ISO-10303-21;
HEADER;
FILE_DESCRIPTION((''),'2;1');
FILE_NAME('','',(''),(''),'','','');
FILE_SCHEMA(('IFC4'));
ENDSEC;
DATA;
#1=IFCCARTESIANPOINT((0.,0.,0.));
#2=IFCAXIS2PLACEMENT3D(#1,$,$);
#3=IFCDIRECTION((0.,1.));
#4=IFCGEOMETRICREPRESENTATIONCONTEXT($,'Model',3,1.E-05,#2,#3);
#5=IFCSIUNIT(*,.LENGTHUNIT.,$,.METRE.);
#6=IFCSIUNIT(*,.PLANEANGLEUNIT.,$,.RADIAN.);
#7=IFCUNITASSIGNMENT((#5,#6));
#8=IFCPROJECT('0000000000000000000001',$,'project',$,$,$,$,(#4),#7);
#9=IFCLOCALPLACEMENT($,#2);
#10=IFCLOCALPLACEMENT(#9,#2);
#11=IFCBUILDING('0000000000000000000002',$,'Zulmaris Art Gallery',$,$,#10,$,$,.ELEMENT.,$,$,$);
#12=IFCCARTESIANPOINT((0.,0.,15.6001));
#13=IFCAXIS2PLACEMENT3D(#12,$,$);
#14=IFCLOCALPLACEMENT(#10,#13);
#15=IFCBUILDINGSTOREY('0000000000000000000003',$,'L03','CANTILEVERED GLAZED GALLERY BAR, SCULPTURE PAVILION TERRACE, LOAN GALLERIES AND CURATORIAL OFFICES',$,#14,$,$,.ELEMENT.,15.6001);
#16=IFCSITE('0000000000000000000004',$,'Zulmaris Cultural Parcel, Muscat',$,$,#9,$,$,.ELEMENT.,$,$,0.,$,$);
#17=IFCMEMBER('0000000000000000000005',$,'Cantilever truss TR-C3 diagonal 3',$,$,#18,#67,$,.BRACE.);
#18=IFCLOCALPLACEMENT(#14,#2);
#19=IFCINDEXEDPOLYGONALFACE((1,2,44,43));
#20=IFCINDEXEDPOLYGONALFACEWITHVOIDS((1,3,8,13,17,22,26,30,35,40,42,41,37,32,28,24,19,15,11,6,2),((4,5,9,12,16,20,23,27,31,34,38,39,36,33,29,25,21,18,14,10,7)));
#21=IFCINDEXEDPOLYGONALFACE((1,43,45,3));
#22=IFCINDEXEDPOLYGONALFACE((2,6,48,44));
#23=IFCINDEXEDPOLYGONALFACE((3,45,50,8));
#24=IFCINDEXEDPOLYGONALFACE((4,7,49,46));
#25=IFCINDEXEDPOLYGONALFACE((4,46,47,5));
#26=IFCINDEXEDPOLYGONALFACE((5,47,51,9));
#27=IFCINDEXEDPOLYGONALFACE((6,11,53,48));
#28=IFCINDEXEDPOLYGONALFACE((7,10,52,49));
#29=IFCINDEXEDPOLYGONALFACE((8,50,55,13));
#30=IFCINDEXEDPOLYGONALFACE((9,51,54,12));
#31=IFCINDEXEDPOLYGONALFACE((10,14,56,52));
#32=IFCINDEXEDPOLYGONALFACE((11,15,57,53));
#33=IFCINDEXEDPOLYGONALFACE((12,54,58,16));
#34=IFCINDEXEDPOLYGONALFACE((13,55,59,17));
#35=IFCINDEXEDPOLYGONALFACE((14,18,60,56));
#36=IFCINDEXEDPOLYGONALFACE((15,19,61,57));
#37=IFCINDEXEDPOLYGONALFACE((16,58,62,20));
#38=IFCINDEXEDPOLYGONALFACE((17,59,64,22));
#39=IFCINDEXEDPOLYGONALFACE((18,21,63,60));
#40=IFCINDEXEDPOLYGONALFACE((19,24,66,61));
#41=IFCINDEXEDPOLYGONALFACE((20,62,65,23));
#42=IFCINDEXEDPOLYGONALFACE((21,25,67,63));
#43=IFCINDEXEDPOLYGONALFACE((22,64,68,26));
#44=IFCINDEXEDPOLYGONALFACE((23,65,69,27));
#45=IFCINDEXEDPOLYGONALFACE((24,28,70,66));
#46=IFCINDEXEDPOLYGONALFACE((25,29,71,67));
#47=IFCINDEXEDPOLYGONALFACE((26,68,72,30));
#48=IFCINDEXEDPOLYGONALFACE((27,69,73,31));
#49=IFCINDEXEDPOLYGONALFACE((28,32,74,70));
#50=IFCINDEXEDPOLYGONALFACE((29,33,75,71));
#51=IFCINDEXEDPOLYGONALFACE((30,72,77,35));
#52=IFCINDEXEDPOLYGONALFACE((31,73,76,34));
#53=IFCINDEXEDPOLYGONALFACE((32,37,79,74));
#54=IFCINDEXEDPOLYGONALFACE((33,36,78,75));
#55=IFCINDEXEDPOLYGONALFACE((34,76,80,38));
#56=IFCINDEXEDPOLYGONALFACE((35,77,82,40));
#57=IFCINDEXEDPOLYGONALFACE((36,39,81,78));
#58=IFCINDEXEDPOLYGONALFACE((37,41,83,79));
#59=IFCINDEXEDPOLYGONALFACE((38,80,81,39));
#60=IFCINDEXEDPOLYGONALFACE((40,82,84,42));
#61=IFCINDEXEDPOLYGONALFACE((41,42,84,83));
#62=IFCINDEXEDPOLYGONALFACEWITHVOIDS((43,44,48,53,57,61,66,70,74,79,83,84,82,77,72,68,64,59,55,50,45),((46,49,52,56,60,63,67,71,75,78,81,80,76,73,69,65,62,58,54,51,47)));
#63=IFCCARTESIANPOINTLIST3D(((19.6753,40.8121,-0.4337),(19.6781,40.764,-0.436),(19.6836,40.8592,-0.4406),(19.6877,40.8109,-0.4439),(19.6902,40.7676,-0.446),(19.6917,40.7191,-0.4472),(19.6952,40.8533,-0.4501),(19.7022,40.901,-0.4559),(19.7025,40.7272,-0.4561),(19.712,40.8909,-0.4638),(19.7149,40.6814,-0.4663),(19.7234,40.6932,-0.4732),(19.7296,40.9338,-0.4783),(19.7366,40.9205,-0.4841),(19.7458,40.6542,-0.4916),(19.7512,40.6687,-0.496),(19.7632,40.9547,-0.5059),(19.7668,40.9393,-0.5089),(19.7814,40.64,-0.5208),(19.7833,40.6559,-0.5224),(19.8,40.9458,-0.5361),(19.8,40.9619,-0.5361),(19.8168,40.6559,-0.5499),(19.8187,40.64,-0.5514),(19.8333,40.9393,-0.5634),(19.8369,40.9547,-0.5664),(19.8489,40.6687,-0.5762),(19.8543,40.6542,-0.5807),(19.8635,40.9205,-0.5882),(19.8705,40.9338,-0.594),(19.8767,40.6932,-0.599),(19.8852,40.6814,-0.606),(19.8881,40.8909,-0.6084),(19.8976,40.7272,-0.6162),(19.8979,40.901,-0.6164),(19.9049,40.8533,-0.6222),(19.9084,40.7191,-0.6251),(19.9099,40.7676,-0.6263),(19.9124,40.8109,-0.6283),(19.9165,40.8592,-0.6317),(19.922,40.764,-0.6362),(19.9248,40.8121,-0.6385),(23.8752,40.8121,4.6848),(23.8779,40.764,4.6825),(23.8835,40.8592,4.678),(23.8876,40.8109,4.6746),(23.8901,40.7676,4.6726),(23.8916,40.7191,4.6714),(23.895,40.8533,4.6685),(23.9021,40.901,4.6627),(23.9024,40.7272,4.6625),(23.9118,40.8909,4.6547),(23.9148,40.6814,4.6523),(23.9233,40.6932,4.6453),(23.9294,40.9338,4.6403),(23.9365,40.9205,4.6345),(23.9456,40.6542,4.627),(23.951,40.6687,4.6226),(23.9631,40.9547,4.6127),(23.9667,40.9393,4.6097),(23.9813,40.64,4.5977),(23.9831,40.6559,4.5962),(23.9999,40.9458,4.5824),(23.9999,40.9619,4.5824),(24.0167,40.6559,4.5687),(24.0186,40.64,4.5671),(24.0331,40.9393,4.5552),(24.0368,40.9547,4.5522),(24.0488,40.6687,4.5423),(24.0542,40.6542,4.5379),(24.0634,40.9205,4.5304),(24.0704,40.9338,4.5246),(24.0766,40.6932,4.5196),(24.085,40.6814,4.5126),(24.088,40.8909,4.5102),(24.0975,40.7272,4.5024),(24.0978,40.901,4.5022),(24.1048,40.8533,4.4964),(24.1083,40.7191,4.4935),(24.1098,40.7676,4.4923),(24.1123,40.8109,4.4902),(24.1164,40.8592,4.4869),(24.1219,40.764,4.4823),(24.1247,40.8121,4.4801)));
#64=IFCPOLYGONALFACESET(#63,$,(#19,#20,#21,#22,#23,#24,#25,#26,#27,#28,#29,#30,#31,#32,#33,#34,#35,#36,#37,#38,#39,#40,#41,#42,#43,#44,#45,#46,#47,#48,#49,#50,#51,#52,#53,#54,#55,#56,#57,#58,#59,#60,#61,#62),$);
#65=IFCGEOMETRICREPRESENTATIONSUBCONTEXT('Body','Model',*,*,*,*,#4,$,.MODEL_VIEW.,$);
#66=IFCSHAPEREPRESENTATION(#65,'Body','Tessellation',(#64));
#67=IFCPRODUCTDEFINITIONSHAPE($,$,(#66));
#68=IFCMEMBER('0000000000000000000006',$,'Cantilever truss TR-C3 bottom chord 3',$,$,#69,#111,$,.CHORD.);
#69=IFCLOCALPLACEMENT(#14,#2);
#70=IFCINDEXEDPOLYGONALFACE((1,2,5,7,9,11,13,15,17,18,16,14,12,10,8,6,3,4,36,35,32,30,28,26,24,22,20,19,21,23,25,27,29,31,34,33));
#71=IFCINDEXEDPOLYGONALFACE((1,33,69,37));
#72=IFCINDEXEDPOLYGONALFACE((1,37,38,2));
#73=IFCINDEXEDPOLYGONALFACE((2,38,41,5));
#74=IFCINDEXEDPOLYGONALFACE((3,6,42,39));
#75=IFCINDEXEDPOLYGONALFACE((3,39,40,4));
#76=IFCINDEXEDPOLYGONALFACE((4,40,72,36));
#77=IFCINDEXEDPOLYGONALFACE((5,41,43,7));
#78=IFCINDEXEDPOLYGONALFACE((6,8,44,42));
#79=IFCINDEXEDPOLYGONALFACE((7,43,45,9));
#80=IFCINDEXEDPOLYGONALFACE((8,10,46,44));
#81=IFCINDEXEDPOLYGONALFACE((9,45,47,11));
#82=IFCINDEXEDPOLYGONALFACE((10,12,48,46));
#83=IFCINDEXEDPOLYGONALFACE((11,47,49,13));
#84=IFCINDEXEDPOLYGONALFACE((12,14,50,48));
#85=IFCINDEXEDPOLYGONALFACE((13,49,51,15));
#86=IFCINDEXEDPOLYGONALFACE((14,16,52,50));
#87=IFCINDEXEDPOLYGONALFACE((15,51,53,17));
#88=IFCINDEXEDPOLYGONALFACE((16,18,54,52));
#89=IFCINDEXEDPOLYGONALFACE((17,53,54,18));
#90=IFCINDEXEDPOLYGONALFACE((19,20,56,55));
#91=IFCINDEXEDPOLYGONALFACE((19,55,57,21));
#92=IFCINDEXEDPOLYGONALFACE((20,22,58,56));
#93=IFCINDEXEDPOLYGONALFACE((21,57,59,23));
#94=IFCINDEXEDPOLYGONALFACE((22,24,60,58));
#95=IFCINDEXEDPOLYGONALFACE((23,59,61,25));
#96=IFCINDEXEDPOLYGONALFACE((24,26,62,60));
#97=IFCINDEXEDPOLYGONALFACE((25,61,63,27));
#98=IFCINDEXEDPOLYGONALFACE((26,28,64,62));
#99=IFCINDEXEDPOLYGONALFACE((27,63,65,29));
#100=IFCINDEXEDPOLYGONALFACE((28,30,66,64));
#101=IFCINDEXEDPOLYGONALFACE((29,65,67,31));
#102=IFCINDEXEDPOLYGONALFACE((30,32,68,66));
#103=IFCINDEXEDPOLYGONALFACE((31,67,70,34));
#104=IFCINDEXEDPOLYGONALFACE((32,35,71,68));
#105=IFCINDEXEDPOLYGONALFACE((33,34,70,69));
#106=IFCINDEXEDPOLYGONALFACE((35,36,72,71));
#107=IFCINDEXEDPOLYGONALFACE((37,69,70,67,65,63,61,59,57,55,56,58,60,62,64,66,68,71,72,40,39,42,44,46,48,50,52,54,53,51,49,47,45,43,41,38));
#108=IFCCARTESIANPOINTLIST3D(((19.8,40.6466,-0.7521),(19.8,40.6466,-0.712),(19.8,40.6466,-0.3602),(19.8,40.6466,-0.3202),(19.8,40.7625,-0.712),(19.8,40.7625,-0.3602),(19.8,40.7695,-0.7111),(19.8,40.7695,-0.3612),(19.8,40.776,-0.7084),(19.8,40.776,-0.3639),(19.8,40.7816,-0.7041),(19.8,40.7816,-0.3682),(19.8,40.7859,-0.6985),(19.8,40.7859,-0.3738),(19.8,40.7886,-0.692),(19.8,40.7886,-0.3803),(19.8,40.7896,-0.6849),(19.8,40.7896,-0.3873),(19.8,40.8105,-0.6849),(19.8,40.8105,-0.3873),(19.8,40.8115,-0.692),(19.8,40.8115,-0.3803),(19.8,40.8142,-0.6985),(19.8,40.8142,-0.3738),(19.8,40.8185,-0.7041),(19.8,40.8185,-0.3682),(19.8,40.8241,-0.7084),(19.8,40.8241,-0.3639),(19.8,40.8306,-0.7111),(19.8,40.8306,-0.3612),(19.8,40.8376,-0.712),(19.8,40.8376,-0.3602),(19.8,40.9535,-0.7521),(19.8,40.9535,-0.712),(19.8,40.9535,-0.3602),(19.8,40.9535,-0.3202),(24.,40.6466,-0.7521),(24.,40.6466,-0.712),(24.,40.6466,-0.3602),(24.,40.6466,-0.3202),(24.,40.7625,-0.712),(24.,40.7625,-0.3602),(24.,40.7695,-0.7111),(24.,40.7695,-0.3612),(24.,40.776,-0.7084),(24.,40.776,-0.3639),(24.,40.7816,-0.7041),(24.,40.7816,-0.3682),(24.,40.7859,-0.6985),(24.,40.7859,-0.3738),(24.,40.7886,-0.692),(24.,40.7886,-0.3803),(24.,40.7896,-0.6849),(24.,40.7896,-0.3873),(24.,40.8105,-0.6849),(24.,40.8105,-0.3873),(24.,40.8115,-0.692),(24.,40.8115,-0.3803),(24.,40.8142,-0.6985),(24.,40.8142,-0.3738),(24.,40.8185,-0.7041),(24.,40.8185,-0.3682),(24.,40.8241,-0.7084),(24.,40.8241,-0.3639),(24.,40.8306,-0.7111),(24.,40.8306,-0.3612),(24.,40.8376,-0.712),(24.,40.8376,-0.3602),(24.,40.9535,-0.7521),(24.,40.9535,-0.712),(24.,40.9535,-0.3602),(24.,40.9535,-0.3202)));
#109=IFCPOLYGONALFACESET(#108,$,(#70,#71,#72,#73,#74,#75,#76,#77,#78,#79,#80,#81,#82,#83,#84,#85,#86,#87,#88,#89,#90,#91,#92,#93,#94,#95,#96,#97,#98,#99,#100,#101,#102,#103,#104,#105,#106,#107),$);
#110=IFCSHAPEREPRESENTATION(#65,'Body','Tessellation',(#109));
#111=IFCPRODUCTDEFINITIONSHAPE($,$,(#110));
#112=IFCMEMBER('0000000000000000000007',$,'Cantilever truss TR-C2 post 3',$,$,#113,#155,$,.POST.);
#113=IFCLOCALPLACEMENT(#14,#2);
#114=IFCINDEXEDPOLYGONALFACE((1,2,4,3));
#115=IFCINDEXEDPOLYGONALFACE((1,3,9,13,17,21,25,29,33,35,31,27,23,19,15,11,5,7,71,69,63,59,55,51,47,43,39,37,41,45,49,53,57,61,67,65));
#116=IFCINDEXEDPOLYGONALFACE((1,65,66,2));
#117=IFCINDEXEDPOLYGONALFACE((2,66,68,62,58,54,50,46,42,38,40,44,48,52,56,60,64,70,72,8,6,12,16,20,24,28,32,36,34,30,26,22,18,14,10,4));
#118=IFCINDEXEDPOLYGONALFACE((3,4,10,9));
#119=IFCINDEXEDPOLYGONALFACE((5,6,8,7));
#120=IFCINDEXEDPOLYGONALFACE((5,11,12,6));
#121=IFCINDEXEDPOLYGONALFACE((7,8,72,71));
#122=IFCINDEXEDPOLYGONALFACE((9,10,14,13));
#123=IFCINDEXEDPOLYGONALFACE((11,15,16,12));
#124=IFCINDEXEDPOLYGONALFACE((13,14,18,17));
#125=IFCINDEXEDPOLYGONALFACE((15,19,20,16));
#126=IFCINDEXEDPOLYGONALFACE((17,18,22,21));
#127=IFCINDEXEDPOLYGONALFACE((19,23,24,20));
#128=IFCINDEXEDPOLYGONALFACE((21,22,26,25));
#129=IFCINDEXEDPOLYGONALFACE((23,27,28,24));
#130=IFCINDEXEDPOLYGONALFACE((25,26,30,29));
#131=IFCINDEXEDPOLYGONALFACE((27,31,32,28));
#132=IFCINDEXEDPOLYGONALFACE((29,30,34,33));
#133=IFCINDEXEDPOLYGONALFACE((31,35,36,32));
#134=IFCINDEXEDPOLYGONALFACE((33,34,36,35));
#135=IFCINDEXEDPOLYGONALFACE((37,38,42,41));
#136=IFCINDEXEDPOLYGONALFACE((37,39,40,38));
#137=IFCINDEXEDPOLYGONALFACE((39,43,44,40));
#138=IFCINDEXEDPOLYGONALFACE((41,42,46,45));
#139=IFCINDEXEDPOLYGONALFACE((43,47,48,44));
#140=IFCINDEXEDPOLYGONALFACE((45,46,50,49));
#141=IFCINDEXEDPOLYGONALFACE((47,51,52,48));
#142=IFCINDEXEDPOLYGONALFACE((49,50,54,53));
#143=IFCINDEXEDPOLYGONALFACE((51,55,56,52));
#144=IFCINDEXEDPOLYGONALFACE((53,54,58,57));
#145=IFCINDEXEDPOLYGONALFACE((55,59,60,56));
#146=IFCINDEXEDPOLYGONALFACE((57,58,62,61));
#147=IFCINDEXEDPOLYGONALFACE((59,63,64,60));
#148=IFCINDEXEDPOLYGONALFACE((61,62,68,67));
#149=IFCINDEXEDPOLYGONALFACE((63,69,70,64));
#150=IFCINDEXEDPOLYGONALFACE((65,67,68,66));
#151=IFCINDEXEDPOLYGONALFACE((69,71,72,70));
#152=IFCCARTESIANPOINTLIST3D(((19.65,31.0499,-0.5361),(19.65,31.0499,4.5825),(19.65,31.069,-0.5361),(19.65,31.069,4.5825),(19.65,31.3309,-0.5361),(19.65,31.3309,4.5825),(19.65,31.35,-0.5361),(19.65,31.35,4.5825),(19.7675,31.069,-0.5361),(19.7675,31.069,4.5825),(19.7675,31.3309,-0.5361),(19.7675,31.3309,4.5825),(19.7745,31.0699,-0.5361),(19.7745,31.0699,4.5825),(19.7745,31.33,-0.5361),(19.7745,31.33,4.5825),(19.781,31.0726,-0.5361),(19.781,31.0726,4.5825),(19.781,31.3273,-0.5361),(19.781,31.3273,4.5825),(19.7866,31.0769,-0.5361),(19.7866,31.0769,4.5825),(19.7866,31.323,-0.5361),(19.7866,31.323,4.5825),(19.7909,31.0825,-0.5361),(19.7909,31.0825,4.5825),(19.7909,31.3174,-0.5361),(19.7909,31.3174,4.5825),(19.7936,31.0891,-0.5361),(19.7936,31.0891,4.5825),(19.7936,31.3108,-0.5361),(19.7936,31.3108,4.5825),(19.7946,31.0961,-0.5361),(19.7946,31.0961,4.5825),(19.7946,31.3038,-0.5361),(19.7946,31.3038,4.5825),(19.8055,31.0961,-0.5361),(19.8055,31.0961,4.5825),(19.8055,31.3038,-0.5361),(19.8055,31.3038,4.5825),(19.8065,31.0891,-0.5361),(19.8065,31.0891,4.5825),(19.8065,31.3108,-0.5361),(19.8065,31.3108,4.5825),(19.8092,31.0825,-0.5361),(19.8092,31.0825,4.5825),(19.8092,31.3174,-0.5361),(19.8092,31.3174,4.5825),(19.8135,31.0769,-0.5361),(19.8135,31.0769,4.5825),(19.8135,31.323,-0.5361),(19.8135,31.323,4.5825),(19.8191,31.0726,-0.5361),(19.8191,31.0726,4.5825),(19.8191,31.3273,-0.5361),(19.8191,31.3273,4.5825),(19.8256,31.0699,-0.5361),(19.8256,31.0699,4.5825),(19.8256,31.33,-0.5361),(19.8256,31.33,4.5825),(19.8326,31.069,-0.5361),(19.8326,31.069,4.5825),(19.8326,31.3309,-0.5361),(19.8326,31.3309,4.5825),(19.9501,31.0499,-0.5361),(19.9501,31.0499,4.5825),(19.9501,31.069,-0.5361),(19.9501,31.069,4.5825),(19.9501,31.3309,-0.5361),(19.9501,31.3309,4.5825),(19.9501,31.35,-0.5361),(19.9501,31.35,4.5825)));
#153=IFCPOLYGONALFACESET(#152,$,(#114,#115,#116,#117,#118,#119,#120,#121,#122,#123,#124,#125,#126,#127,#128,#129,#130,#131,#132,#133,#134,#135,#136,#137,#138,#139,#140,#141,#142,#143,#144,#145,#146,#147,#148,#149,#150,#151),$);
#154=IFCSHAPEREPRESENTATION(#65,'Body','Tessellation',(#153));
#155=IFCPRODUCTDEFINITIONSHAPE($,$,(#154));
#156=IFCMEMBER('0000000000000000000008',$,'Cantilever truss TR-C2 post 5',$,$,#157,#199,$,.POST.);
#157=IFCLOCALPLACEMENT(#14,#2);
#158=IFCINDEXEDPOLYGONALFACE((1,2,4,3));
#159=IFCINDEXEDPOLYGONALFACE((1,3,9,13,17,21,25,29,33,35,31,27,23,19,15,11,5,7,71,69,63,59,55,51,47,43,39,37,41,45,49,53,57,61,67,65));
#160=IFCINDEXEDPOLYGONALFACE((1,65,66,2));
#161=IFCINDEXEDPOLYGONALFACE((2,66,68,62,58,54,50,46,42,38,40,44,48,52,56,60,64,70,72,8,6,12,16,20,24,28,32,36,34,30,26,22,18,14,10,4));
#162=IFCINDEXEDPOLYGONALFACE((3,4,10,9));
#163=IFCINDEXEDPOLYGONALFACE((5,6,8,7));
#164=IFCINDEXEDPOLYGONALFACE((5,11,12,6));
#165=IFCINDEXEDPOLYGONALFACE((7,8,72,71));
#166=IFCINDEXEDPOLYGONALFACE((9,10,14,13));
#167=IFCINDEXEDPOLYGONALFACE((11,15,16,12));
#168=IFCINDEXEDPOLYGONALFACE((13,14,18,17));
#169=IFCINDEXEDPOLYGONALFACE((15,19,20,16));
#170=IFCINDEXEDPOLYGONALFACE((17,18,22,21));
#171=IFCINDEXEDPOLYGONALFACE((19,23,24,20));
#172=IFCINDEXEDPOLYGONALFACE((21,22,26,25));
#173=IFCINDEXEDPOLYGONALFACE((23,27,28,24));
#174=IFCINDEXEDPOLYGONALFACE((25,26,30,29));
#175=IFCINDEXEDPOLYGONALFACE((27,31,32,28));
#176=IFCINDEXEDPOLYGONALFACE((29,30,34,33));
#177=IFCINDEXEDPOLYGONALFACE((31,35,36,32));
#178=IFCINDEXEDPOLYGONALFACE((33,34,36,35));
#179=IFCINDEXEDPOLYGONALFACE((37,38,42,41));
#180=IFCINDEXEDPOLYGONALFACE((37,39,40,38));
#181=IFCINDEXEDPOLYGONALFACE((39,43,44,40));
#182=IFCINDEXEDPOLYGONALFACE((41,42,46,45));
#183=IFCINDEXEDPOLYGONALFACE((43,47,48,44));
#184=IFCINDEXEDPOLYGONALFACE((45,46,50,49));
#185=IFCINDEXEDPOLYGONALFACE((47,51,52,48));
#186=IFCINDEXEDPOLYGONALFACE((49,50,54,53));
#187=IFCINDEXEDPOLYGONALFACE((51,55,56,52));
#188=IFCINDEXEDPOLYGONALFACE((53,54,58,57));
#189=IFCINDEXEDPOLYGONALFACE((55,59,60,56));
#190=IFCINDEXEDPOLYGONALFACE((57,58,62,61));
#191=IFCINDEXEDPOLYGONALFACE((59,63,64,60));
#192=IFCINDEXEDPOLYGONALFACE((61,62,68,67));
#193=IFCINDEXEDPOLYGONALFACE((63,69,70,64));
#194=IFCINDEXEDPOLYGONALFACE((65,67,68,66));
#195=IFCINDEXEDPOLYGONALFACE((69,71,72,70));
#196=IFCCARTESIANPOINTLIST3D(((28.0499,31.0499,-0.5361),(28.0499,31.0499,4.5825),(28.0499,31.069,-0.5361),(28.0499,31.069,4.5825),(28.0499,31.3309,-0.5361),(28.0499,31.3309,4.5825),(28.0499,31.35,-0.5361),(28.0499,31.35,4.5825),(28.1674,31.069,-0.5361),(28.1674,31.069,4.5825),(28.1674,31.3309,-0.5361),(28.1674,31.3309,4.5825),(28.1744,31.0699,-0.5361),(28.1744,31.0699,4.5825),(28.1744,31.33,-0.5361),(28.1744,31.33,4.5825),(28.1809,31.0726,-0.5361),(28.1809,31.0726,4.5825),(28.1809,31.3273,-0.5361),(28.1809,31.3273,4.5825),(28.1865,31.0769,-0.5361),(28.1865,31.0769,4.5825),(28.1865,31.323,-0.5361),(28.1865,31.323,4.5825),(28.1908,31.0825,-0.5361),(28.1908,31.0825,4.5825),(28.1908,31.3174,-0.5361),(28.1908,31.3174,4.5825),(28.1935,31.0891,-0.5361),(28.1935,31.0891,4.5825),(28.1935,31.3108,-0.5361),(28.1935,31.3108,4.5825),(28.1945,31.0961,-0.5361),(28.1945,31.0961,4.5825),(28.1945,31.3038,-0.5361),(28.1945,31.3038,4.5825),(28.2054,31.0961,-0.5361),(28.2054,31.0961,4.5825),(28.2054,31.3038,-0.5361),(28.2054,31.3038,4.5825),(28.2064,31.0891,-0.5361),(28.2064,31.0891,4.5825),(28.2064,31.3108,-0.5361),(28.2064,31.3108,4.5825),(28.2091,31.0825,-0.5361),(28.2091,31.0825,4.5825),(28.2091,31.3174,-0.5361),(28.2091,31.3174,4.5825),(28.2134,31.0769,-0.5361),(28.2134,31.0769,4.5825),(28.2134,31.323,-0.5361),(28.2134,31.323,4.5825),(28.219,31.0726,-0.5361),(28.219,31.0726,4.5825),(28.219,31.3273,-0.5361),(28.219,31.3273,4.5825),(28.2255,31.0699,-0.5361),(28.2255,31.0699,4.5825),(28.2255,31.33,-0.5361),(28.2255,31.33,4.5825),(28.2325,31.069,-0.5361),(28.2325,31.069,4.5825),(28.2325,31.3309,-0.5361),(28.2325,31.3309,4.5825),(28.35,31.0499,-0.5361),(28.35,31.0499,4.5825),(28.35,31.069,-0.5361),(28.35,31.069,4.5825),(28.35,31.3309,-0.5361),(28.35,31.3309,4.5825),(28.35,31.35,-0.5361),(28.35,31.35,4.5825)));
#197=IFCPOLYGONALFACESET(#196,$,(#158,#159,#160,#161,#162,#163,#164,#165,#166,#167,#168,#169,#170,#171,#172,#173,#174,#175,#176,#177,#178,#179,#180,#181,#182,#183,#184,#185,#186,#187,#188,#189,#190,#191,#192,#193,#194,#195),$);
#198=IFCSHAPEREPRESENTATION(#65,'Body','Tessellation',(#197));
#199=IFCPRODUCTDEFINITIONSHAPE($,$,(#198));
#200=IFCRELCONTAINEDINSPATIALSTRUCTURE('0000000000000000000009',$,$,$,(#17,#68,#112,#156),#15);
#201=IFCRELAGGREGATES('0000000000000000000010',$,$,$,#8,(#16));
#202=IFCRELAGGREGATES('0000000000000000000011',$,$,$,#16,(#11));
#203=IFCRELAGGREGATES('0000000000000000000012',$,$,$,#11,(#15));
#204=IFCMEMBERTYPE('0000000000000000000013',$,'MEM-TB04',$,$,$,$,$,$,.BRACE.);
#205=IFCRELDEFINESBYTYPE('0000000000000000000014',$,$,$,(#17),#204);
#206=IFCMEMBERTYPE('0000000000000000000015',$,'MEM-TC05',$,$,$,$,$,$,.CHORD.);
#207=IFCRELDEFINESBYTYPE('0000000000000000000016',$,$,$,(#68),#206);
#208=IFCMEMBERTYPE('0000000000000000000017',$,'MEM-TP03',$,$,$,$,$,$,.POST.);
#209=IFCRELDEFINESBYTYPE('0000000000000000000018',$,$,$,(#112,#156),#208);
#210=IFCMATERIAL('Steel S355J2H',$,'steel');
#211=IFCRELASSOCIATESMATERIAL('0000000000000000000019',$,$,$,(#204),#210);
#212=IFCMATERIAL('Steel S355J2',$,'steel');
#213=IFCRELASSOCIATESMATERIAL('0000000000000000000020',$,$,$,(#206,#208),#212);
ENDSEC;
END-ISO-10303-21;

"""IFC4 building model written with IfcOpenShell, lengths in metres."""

from ifc_helpers import new_model, si_unit, direction, frame, origin, origin_2d, place, context, subcontext, project, spatial, hollow_circle, i_section, extrude, material, material_profile, profile_set, type_object, element, save


model = new_model("IFC4")

# Units and contexts
model_context = context("Model", 3, precision=1e-05, world=origin(), true_north=direction((0.0, 1.0)))
body_context = subcontext(model_context, "Body", "Model", "MODEL_VIEW")
ifc_project = project(units=[si_unit("LENGTHUNIT", "METRE"), si_unit("PLANEANGLEUNIT", "RADIAN")], contexts=[model_context])

# Site, building, storey
site_placement = place(None, origin())
site = spatial("IfcSite", under=ifc_project, at=site_placement, Name="Zulmaris Cultural Parcel, Muscat", CompositionType="ELEMENT", RefElevation=0.0)
building_placement = place(site_placement, origin())
building = spatial("IfcBuilding", under=site, at=building_placement, Name="Zulmaris Art Gallery", CompositionType="ELEMENT")
storey_placement = place(building_placement, frame((0.0, 0.0, 15.6001)))
storey = spatial("IfcBuildingStorey", under=building, at=storey_placement, Name="L03", Description="CANTILEVERED GLAZED GALLERY BAR, SCULPTURE PAVILION TERRACE, LOAN GALLERIES AND CURATORIAL OFFICES", CompositionType="ELEMENT", Elevation=15.6001)

# Shared definitions
ifc_material_1 = material(Name="Steel S355J2", Category="steel")

# Members
ifc_material_2 = material(Name="Steel S355J2H", Category="steel")
ifc_material_profile_1 = material_profile(ifc_material_2, hollow_circle(Radius=0.1619, WallThickness=0.0161, at=origin_2d()), Name="CHS 323.9x16")
ifc_profile_set_1 = profile_set([ifc_material_profile_1], Name="Steel S355J2H")
member_type_1 = type_object("IfcMemberType", Name="MEM-TB04", PredefinedType="BRACE", material=ifc_profile_set_1)
for number, where, z_axis, x_axis, name in (
    (1, (19.8, 40.8, -0.5361), (0.634319, 0.0, 0.773071), (0.0, 1.0, 0.0), "Cantilever truss TR-C3 diagonal 3"),
):
    element("IfcMember", number, at=place(storey_placement, frame(where, z_axis=z_axis, x_axis=x_axis)), inside=storey, type_object=member_type_1, Name=name, PredefinedType="BRACE", context=body_context, shape_type="SweptSolid", body=[
        extrude(hollow_circle(Radius=0.1619, WallThickness=0.0161, at=origin_2d()), origin(), (0.0, 0.0, 1.0), 6.6211),
    ])
ifc_material_profile_2 = material_profile(ifc_material_1, i_section(OverallWidth=0.3069, OverallDepth=0.4319, WebThickness=0.021, FlangeThickness=0.04, FilletRadius=0.0271, at=origin_2d()), Name="HEM 400")
ifc_profile_set_2 = profile_set([ifc_material_profile_2], Name="Steel S355J2")
member_type_2 = type_object("IfcMemberType", Name="MEM-TC05", PredefinedType="CHORD", material=ifc_profile_set_2)
member_1_placement = place(storey_placement, frame((19.8, 40.8, -0.5361), z_axis=(1.0, 0.0, 0.0), x_axis=(0.0, 1.0, 0.0)))
element("IfcMember", 2, at=member_1_placement, inside=storey, type_object=member_type_2, Name="Cantilever truss TR-C3 bottom chord 3", PredefinedType="CHORD", context=body_context, shape_type="SweptSolid", body=[
    extrude(i_section(OverallWidth=0.3069, OverallDepth=0.4319, WebThickness=0.021, FlangeThickness=0.04, FilletRadius=0.0271, at=origin_2d()), origin(), (0.0, 0.0, 1.0), 4.2),
])
ifc_material_profile_3 = material_profile(ifc_material_1, i_section(OverallWidth=0.3, OverallDepth=0.3, WebThickness=0.011, FlangeThickness=0.019, FilletRadius=0.0271, at=origin_2d()), Name="HEB 300")
ifc_profile_set_3 = profile_set([ifc_material_profile_3], Name="Steel S355J2")
member_type_3 = type_object("IfcMemberType", Name="MEM-TP03", PredefinedType="POST", material=ifc_profile_set_3)
for number, where, z_axis, x_axis, name in (
    (3, (19.8, 31.2, -0.5361), (0.0, 0.0, 1.0), (1.0, 0.0, 0.0), "Cantilever truss TR-C2 post 3"),
    (4, (28.2, 31.2, -0.5361), (0.0, 0.0, 1.0), (1.0, 0.0, 0.0), "Cantilever truss TR-C2 post 5"),
):
    element("IfcMember", number, at=place(storey_placement, frame(where, z_axis=z_axis, x_axis=x_axis)), inside=storey, type_object=member_type_3, Name=name, PredefinedType="POST", context=body_context, shape_type="SweptSolid", body=[
        extrude(i_section(OverallWidth=0.3, OverallDepth=0.3, WebThickness=0.011, FlangeThickness=0.019, FilletRadius=0.0271, at=origin_2d()), origin(), (0.0, 0.0, 1.0), 5.1187),
    ])

save(model, "model.ifc")
